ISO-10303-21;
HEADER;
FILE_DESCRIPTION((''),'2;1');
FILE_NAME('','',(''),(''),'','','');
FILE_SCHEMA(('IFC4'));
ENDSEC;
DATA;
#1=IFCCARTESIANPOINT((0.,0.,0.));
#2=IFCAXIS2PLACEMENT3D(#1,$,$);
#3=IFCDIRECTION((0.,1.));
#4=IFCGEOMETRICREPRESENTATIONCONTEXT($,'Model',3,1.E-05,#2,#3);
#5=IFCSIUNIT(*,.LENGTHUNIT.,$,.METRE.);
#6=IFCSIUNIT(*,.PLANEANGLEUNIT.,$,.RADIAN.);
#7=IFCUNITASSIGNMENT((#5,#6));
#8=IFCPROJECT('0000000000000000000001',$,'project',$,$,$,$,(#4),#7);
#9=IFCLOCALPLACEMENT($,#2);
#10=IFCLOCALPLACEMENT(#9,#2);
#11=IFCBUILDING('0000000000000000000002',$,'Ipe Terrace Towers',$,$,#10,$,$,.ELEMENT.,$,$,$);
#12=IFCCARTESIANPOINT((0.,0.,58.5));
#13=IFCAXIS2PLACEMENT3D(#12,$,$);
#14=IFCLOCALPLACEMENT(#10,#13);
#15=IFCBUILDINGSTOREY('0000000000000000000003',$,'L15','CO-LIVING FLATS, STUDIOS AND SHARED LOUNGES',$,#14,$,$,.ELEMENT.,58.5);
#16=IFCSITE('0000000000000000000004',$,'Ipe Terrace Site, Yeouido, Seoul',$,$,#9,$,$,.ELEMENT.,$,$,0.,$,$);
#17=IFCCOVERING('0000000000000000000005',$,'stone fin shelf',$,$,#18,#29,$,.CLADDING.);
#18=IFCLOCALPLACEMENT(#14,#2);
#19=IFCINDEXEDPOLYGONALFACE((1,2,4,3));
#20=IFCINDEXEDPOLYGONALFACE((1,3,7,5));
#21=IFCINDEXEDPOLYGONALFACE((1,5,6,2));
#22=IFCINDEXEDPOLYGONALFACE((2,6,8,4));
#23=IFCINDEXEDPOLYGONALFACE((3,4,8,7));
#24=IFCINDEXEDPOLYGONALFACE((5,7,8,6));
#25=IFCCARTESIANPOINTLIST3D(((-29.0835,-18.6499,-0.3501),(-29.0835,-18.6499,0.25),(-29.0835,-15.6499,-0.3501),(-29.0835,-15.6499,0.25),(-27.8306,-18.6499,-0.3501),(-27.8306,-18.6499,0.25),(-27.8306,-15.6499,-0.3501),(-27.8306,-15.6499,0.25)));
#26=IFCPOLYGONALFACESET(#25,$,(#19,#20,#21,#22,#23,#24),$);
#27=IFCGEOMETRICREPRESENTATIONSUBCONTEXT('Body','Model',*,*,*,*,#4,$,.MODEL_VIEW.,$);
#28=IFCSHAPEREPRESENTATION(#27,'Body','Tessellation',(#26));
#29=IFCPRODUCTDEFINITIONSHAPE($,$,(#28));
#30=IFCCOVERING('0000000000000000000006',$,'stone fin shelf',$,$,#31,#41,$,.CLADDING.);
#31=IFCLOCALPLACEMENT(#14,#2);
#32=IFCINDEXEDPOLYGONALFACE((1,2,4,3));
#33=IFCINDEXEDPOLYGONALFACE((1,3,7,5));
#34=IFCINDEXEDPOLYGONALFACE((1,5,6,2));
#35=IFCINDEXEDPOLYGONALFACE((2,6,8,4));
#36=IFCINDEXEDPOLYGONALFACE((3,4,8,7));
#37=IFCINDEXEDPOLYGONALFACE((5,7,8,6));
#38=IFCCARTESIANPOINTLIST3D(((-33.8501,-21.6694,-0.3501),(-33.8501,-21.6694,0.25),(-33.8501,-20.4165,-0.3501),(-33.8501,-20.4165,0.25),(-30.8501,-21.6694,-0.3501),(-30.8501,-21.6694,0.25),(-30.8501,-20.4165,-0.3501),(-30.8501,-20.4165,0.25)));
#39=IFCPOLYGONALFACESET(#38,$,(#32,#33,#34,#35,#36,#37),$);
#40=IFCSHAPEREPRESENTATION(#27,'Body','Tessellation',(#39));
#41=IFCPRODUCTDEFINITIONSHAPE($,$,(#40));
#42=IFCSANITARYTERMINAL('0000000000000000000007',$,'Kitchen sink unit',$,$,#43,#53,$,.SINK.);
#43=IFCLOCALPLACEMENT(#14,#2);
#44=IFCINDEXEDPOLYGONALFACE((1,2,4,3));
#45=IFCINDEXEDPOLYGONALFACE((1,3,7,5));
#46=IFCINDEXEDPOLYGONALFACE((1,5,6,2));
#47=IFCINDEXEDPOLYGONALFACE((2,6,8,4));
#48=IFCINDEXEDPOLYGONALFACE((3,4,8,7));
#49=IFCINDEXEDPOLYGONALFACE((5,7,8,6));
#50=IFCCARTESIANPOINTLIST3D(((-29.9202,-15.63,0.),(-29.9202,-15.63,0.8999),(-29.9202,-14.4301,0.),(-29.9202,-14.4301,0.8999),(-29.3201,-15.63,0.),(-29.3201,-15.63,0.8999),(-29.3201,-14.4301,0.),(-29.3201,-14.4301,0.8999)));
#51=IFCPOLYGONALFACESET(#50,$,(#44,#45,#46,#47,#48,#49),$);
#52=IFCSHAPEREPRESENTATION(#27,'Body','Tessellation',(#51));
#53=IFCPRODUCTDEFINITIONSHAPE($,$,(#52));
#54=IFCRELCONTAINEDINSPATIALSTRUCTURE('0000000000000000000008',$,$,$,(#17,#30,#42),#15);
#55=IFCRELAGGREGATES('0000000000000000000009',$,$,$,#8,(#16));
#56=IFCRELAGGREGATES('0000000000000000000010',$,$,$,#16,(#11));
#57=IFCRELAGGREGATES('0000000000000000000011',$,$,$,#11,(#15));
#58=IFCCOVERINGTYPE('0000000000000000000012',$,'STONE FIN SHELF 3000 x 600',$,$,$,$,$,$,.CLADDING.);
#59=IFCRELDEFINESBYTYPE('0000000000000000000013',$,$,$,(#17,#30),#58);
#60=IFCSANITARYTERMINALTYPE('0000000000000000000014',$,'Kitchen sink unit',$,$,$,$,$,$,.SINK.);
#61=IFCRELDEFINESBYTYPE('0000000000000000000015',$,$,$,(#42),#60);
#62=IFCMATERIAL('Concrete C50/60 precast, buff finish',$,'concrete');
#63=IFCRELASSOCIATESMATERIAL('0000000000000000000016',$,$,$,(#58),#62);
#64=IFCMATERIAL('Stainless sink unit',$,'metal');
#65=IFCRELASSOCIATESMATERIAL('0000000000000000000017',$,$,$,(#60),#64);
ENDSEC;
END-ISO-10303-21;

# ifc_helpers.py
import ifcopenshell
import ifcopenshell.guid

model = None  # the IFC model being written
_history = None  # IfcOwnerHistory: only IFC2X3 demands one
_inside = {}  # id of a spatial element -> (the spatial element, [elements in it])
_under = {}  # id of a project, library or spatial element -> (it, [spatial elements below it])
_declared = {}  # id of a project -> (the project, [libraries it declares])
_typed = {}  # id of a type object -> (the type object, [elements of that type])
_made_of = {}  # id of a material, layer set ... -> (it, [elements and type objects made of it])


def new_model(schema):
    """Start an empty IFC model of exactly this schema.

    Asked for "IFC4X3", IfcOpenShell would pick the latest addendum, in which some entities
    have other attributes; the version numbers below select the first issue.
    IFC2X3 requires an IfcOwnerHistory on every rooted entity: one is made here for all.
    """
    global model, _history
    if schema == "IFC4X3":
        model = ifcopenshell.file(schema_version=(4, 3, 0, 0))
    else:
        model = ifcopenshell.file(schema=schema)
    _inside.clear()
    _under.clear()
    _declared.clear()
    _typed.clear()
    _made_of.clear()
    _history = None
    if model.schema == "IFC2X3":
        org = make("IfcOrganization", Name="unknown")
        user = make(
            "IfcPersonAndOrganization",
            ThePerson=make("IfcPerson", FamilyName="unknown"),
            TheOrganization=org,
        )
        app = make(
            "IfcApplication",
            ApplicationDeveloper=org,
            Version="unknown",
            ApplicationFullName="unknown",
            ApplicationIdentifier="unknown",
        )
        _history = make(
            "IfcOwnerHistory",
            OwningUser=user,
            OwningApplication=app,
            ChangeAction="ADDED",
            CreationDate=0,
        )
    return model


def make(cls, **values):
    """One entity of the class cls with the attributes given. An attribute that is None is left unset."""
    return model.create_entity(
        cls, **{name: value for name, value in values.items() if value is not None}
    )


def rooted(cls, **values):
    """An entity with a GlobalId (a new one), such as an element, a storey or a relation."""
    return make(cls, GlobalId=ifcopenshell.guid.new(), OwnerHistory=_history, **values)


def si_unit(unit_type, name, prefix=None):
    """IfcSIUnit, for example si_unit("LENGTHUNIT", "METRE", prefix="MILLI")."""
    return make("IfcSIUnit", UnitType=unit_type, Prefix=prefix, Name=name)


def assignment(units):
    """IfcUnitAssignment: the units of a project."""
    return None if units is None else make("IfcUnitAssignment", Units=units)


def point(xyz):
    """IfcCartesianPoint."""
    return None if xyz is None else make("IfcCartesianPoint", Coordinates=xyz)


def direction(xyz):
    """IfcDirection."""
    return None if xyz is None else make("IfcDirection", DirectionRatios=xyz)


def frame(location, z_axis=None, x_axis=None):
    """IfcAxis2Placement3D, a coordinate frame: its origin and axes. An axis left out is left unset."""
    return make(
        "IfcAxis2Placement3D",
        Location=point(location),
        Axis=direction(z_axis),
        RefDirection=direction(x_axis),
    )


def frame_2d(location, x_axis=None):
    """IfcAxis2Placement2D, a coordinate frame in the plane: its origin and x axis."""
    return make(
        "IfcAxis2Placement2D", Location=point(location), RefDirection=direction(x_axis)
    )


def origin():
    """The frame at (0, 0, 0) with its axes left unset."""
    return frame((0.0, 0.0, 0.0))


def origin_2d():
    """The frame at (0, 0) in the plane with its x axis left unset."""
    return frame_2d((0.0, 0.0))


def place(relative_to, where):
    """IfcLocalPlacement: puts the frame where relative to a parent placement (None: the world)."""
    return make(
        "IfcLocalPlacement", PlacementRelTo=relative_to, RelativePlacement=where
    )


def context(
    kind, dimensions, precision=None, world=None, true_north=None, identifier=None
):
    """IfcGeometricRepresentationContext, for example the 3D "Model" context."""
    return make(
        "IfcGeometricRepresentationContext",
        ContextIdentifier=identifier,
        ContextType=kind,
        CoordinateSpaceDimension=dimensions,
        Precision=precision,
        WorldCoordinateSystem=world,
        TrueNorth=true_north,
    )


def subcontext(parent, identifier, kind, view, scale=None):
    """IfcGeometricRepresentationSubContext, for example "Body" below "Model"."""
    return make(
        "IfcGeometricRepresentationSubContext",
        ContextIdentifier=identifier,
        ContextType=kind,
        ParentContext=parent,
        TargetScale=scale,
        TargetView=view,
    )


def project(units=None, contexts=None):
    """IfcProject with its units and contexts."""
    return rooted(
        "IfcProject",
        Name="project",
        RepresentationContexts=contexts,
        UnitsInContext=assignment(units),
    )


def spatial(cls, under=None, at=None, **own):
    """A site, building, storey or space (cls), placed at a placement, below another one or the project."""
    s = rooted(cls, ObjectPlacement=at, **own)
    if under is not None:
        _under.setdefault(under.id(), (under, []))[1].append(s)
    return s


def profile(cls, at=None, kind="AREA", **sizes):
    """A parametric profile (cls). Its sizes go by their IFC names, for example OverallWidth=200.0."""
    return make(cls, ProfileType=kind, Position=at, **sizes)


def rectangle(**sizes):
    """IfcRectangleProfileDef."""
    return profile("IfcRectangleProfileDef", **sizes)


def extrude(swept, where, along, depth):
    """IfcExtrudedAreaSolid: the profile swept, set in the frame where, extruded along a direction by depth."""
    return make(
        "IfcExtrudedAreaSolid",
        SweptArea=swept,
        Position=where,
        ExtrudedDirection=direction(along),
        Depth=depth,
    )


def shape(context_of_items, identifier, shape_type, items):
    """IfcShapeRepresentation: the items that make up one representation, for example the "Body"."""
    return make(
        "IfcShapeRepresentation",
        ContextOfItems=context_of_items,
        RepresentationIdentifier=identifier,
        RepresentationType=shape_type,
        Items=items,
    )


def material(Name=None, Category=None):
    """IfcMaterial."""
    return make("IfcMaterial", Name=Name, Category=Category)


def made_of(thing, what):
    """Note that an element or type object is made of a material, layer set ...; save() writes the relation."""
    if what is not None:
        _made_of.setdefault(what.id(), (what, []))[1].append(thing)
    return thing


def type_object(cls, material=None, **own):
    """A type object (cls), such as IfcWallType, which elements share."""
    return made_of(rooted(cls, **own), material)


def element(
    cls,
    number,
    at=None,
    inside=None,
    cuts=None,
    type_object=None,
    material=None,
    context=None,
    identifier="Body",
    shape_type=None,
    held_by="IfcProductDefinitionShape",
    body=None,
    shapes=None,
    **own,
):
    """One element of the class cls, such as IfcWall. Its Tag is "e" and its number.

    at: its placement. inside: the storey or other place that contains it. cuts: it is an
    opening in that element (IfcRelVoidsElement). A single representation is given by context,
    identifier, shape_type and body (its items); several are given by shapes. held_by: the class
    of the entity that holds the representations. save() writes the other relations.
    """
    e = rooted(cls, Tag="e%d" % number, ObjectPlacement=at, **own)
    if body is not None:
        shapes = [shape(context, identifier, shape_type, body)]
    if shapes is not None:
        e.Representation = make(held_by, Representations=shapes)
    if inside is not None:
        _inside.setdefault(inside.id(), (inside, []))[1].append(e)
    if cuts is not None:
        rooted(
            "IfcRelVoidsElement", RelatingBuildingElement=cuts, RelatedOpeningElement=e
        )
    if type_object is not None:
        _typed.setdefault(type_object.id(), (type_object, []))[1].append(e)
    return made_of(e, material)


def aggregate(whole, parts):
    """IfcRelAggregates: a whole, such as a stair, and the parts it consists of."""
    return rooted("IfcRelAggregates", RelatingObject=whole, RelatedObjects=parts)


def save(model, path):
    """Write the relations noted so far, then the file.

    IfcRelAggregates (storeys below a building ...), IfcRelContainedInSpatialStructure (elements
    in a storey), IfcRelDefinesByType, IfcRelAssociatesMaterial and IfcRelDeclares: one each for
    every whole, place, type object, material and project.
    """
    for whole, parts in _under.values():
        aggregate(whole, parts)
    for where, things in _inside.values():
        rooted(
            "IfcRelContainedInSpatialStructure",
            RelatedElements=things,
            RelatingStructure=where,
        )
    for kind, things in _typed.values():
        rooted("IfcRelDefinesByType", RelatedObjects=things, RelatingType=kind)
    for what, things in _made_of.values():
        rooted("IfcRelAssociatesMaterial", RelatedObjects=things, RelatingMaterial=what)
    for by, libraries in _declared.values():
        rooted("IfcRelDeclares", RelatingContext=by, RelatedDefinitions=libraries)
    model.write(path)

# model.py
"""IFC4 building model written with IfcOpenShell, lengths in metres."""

from ifc_helpers import new_model, si_unit, direction, frame, origin, origin_2d, place, context, subcontext, project, spatial, rectangle, extrude, material, type_object, element, save


model = new_model("IFC4")

# Units and contexts
model_context = context("Model", 3, precision=1e-05, world=origin(), true_north=direction((0.0, 1.0)))
body_context = subcontext(model_context, "Body", "Model", "MODEL_VIEW")
ifc_project = project(units=[si_unit("LENGTHUNIT", "METRE"), si_unit("PLANEANGLEUNIT", "RADIAN")], contexts=[model_context])

# Site, building, storey
site_placement = place(None, origin())
site = spatial("IfcSite", under=ifc_project, at=site_placement, Name="Ipe Terrace Site, Yeouido, Seoul", CompositionType="ELEMENT", RefElevation=0.0)
building_placement = place(site_placement, origin())
building = spatial("IfcBuilding", under=site, at=building_placement, Name="Ipe Terrace Towers", CompositionType="ELEMENT")
storey_placement = place(building_placement, frame((0.0, 0.0, 58.5)))
storey = spatial("IfcBuildingStorey", under=building, at=storey_placement, Name="L15", Description="CO-LIVING FLATS, STUDIOS AND SHARED LOUNGES", CompositionType="ELEMENT", Elevation=58.5)

# Coverings
ifc_material_1 = material(Name="Concrete C50/60 precast, buff finish", Category="concrete")
covering_type_1 = type_object("IfcCoveringType", Name="STONE FIN SHELF 3000 x 600", PredefinedType="CLADDING", material=ifc_material_1)
for number, where, z_axis, x_axis, name in (
    (1, (-28.457, -17.1499, -0.3501), (0.0, 0.0, 1.0), (0.0, 1.0, 0.0), "stone fin shelf"),
    (2, (-32.3501, -21.043, -0.3501), (0.0, 0.0, 1.0), (1.0, 0.0, 0.0), "stone fin shelf"),
):
    element("IfcCovering", number, at=place(storey_placement, frame(where, z_axis=z_axis, x_axis=x_axis)), inside=storey, type_object=covering_type_1, Name=name, PredefinedType="CLADDING", context=body_context, shape_type="SweptSolid", body=[
        extrude(rectangle(XDim=3.0, YDim=1.2529, at=origin_2d()), origin(), (0.0, 0.0, 1.0), 0.6001),
    ])

# Sanitary terminal
ifc_material_2 = material(Name="Stainless sink unit", Category="metal")
sanitary_terminal_type = type_object("IfcSanitaryTerminalType", Name="Kitchen sink unit", PredefinedType="SINK", material=ifc_material_2)
sanitary_terminal_placement = place(storey_placement, frame((-29.6201, -15.03, 0.0), z_axis=(0.0, 0.0, 1.0), x_axis=(0.0, -1.0, 0.0)))
element("IfcSanitaryTerminal", 3, at=sanitary_terminal_placement, inside=storey, type_object=sanitary_terminal_type, Name="Kitchen sink unit", PredefinedType="SINK", context=body_context, shape_type="SweptSolid", body=[
    extrude(rectangle(XDim=1.2, YDim=0.6001, at=origin_2d()), origin(), (0.0, 0.0, 1.0), 0.8999),
])

save(model, "model.ifc")
